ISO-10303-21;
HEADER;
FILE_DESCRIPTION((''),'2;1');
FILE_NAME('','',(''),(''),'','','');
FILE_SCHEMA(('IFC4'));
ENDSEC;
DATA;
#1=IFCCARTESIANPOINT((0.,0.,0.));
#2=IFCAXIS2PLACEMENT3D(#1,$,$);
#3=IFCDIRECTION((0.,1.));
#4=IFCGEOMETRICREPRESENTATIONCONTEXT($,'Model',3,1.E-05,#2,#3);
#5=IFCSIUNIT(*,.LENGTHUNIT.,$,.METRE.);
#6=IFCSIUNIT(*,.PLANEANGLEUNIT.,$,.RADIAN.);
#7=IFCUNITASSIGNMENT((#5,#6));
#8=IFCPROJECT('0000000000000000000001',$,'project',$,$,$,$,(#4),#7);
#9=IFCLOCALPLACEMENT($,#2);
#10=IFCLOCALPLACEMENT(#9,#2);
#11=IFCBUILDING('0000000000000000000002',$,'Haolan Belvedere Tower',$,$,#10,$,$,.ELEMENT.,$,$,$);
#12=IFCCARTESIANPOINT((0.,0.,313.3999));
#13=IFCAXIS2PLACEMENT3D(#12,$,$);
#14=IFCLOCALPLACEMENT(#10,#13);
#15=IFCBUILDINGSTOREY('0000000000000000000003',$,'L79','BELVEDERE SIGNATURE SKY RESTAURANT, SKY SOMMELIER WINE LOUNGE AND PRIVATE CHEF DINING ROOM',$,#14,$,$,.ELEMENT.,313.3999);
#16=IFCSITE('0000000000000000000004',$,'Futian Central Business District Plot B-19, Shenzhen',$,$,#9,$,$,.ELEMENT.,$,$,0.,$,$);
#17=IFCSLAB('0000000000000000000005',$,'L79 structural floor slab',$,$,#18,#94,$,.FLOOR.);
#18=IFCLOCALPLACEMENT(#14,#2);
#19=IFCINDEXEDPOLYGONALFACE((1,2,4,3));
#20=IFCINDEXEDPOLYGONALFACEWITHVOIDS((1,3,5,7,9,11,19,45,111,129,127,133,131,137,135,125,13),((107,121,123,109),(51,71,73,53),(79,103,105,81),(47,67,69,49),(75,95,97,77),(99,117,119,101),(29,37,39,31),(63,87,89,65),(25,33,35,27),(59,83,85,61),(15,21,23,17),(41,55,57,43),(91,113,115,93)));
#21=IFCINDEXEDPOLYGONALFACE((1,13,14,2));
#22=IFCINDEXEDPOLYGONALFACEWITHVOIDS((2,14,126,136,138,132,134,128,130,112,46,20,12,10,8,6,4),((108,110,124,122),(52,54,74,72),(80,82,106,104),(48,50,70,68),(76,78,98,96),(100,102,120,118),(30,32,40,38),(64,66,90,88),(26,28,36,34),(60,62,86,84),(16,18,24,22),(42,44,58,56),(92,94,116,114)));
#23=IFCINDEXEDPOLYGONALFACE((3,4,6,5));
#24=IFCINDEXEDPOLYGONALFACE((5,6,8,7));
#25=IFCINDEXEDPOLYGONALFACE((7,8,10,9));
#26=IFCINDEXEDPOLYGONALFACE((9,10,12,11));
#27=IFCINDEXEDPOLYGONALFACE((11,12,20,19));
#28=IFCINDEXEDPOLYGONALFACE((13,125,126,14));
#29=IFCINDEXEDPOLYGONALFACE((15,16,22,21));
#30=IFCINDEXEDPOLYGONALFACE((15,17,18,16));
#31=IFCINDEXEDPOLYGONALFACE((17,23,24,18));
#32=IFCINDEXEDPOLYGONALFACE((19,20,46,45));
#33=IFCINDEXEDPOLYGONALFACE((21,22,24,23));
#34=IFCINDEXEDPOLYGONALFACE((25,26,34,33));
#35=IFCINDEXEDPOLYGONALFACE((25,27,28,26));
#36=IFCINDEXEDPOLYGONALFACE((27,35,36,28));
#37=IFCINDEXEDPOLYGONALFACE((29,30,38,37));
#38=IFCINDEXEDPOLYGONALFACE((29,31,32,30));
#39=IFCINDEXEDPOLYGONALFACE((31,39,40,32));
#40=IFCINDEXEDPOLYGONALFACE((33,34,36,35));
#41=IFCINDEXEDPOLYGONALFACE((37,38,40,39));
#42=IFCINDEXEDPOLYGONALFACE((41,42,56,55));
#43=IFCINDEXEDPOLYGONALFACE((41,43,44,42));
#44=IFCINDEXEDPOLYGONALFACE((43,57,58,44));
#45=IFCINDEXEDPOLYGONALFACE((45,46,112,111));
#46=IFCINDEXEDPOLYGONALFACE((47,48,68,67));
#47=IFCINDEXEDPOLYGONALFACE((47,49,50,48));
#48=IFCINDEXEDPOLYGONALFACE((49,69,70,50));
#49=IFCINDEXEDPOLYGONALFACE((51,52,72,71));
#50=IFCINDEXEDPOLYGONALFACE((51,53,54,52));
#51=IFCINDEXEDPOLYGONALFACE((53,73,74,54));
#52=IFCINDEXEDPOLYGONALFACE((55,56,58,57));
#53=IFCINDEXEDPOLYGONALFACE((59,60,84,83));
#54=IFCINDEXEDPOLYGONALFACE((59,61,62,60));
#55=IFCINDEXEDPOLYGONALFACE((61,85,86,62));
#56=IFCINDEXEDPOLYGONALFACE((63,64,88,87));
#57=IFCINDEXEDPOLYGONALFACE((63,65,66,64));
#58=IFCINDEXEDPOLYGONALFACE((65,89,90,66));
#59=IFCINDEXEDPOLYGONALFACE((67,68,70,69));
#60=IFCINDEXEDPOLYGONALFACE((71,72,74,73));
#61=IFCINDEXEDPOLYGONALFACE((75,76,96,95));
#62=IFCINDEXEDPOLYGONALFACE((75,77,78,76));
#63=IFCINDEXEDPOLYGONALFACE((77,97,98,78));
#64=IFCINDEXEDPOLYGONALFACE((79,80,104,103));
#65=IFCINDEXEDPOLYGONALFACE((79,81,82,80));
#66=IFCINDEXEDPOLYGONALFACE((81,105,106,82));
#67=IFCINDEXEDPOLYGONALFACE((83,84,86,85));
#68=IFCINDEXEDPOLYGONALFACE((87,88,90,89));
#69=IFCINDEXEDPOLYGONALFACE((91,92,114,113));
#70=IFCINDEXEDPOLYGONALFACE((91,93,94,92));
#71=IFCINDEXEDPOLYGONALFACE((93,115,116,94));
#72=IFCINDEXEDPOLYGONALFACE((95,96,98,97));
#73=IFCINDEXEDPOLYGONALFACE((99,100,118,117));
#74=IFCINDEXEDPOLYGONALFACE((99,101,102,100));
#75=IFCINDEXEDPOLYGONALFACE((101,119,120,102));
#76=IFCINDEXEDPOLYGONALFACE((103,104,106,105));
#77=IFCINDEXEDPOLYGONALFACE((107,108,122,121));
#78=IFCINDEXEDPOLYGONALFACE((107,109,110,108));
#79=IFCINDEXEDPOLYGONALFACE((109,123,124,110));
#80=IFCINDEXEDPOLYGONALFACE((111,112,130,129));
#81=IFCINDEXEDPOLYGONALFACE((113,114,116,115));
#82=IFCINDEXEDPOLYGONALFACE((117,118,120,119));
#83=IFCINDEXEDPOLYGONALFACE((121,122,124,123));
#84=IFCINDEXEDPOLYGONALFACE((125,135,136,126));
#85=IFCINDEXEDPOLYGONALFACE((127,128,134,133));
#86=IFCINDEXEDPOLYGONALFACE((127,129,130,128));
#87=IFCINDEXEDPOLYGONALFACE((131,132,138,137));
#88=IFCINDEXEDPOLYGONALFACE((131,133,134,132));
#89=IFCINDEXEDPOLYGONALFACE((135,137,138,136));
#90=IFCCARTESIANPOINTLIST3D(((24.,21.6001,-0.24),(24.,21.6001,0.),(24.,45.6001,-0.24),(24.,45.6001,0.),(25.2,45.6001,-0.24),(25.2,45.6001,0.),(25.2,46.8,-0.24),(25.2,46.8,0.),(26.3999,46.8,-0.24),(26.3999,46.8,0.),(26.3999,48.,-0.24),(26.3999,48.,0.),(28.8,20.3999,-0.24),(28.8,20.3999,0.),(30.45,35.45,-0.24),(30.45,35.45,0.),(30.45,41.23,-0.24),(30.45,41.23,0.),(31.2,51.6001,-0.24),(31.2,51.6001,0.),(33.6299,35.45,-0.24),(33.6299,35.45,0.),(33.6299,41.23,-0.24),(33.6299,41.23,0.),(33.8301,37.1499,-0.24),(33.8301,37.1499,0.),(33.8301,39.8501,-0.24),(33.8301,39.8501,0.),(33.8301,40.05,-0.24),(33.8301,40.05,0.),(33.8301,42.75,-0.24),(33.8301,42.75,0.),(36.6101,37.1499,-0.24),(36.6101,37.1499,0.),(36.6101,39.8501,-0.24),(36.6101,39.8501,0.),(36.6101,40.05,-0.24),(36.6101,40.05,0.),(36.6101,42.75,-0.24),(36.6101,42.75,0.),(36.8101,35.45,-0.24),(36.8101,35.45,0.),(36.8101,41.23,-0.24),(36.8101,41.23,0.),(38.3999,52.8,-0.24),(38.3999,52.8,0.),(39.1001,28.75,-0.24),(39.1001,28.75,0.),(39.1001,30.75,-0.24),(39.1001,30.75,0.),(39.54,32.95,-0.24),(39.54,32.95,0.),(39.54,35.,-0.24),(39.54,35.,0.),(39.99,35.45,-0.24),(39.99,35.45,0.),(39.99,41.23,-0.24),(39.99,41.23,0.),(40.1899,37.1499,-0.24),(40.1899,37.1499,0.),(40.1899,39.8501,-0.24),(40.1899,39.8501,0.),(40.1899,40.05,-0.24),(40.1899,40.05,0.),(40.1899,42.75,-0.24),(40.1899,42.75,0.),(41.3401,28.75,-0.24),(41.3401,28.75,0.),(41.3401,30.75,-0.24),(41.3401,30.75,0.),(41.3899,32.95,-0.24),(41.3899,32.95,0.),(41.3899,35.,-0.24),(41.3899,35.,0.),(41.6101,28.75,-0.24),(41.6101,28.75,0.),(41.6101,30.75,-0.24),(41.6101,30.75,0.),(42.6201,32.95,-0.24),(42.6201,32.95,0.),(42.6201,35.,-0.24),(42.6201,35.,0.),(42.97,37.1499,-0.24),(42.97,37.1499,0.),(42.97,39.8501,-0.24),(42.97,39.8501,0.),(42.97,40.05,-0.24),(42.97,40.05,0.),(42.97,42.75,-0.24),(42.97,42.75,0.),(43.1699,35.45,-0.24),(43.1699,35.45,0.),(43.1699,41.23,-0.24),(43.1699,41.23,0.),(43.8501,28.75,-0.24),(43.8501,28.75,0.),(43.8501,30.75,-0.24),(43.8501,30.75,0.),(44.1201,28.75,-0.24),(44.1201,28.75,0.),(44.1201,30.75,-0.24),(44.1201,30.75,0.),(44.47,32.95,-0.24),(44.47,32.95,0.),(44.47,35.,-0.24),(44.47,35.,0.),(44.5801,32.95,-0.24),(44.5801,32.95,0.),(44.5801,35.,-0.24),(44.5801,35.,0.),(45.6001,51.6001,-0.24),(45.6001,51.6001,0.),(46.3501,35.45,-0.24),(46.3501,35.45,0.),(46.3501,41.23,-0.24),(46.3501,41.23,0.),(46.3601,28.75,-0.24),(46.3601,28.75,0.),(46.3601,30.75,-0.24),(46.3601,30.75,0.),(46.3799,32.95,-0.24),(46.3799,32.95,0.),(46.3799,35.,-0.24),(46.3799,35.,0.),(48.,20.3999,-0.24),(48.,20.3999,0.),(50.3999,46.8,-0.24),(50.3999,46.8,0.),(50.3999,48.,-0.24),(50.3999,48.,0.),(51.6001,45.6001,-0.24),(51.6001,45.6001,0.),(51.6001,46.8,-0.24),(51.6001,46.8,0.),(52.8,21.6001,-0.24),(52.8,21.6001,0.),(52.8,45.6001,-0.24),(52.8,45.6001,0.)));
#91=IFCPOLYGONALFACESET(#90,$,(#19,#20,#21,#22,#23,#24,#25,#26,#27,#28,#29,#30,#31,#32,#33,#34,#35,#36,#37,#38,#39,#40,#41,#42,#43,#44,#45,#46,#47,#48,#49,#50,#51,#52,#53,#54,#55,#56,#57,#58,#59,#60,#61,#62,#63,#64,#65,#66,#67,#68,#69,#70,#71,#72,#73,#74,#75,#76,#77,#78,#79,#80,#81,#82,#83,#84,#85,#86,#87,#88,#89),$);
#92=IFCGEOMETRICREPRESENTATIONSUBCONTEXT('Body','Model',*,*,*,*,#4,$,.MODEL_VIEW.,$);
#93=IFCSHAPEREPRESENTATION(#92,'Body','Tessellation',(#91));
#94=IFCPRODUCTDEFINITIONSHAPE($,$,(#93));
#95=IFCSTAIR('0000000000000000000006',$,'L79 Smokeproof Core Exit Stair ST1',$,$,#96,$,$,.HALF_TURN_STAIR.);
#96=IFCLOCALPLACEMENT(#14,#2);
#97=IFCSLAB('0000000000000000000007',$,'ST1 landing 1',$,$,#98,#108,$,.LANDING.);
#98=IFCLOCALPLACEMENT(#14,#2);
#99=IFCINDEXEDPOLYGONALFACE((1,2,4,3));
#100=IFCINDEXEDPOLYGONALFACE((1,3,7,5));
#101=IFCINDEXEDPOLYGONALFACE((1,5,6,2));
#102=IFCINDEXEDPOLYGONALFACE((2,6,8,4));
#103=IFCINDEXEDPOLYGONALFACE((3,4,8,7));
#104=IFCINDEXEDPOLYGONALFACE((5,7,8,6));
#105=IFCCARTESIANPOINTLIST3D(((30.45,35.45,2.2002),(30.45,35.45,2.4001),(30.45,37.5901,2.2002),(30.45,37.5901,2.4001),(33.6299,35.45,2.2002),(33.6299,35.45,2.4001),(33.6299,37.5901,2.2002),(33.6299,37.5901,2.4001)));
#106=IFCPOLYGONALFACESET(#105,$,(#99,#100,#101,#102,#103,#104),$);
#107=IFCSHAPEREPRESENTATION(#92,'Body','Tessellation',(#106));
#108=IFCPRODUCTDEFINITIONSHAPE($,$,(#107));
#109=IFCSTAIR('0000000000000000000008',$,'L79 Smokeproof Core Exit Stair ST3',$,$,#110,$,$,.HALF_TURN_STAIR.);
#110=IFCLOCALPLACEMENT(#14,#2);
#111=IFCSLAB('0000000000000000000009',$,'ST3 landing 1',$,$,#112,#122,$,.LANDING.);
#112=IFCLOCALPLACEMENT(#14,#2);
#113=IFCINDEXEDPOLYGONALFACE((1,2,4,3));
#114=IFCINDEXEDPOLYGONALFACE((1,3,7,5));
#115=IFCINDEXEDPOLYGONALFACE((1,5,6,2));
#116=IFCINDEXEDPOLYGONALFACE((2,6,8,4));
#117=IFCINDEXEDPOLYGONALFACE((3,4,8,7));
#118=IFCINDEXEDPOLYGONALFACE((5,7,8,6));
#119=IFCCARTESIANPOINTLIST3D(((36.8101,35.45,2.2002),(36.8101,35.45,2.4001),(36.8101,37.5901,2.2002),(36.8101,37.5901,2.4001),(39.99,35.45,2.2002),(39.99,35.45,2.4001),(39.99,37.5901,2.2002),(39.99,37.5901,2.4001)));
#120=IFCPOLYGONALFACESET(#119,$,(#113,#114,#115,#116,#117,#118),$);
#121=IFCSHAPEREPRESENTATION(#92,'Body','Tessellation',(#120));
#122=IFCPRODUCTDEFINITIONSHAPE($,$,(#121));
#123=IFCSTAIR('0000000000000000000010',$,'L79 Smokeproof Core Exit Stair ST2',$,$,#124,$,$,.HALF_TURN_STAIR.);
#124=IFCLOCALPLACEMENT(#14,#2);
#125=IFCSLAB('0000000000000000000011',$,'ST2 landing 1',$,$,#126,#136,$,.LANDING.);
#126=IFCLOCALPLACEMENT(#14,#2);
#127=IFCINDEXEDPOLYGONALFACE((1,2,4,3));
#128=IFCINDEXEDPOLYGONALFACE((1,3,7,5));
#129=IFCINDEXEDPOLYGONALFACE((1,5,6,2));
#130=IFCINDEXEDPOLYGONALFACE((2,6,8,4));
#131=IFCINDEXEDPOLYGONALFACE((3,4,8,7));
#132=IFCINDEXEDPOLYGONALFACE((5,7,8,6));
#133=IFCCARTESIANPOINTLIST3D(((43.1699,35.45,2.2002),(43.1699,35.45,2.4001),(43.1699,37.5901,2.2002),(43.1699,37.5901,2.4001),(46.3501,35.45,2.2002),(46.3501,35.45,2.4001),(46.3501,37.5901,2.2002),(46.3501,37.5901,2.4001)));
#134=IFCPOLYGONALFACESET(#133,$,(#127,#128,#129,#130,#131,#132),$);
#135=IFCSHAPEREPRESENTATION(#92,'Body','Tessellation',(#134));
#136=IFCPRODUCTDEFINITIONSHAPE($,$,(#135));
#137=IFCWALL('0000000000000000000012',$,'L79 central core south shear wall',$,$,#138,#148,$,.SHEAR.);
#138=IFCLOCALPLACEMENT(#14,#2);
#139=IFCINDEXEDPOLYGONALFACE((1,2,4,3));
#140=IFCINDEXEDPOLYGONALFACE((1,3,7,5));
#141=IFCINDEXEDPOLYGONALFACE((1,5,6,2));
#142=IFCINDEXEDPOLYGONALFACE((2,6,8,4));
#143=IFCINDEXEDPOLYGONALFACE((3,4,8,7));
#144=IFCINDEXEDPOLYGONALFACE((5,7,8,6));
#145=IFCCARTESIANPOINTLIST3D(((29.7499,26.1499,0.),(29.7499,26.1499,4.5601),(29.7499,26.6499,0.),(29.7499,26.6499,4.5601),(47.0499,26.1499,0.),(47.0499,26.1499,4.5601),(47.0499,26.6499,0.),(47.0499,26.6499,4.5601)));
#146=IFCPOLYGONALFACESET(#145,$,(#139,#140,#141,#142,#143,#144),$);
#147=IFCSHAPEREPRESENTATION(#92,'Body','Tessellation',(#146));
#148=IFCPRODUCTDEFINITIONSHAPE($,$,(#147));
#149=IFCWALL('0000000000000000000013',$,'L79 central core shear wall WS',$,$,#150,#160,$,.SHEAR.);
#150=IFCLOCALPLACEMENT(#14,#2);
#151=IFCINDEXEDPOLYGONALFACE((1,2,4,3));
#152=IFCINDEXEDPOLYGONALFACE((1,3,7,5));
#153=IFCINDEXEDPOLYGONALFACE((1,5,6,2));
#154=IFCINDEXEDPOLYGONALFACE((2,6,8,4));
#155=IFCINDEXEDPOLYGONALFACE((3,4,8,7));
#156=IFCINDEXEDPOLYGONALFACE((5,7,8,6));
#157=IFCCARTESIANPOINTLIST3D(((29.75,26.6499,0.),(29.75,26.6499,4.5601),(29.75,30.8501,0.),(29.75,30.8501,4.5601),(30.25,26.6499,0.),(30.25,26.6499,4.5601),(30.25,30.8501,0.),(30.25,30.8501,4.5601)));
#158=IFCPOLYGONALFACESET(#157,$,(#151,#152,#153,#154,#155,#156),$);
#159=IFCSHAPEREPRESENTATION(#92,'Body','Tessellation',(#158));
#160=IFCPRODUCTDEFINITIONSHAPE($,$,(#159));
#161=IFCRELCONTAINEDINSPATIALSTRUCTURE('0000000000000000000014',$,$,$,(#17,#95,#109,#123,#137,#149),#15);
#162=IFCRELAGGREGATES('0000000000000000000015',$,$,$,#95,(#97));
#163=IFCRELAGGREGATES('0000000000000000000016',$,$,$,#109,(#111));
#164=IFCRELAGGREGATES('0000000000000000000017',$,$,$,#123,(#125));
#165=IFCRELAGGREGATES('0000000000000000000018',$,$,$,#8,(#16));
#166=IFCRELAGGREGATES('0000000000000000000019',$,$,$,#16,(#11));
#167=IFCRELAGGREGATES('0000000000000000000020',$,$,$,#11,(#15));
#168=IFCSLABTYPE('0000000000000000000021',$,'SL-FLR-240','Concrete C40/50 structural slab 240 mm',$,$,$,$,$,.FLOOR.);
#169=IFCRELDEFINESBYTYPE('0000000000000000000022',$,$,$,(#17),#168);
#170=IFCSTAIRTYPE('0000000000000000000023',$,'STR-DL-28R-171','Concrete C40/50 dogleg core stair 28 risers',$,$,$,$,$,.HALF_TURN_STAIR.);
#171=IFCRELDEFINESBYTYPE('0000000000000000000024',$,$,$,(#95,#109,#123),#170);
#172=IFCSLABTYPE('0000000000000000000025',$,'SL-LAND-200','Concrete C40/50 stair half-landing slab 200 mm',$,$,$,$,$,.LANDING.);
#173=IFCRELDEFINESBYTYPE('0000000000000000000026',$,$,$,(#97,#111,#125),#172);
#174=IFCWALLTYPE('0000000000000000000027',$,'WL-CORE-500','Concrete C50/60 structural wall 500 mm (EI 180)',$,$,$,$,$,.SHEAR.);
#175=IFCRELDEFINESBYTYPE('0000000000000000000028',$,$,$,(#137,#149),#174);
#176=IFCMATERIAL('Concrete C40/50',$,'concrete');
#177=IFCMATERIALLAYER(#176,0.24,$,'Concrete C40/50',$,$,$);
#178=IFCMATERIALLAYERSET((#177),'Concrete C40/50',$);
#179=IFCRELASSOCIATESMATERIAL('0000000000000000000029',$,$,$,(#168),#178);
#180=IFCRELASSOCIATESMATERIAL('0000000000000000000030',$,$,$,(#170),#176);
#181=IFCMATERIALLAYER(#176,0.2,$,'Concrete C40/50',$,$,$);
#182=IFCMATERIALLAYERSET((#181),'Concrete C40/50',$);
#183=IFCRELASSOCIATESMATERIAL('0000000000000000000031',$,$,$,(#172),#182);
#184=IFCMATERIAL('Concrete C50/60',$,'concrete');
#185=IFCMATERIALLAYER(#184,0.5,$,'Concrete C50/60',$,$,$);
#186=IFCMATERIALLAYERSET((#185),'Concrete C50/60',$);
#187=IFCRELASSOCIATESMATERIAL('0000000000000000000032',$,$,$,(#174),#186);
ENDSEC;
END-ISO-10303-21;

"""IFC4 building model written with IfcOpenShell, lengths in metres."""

from ifc_helpers import new_model, si_unit, direction, frame, frame_2d, origin, place, context, subcontext, project, spatial, polyline, rectangle, outline, extrude, material, layer, layer_set, type_object, element, aggregate, save


model = new_model("IFC4")

# Units and contexts
model_context = context("Model", 3, precision=1e-05, world=origin(), true_north=direction((0.0, 1.0)))
body_context = subcontext(model_context, "Body", "Model", "MODEL_VIEW")
ifc_project = project(units=[si_unit("LENGTHUNIT", "METRE"), si_unit("PLANEANGLEUNIT", "RADIAN")], contexts=[model_context])

# Site, building, storey
site_placement = place(None, origin())
site = spatial("IfcSite", under=ifc_project, at=site_placement, Name="Futian Central Business District Plot B-19, Shenzhen", CompositionType="ELEMENT", RefElevation=0.0)
building_placement = place(site_placement, origin())
building = spatial("IfcBuilding", under=site, at=building_placement, Name="Haolan Belvedere Tower", CompositionType="ELEMENT")
storey_placement = place(building_placement, frame((0.0, 0.0, 313.3999)))
storey = spatial("IfcBuildingStorey", under=building, at=storey_placement, Name="L79", Description="BELVEDERE SIGNATURE SKY RESTAURANT, SKY SOMMELIER WINE LOUNGE AND PRIVATE CHEF DINING ROOM", CompositionType="ELEMENT", Elevation=313.3999)

# Slab
ifc_material_1 = material(Name="Concrete C40/50", Category="concrete")
ifc_layer_1 = layer(ifc_material_1, 0.24, Name="Concrete C40/50")
ifc_layer_set_1 = layer_set([ifc_layer_1], Name="Concrete C40/50")
slab_type_1 = type_object("IfcSlabType", Name="SL-FLR-240", Description="Concrete C40/50 structural slab 240 mm", PredefinedType="FLOOR", material=ifc_layer_set_1)
slab_1_placement = place(storey_placement, frame((0.0, 0.0, -0.24)))
element("IfcSlab", 1, at=slab_1_placement, inside=storey, type_object=slab_type_1, Name="L79 structural floor slab", PredefinedType="FLOOR", context=body_context, shape_type="SweptSolid", body=[
    extrude(outline(polyline([(24.0, 21.6001), (28.8, 20.3999), (48.0, 20.3999), (52.8, 21.6001), (52.8, 45.6001), (52.8, 45.6001), (51.6001, 45.6001), (51.6001, 46.8), (50.3999, 46.8), (50.3999, 48.0), (45.6001, 51.6001), (38.3999, 52.8), (31.2, 51.6001), (26.3999, 48.0), (26.3999, 46.8), (25.2, 46.8), (25.2, 45.6001), (24.0, 45.6001), (24.0, 45.6001), (24.0, 21.6001)]), holes=[polyline([(30.45, 41.23), (30.45, 35.45), (33.6299, 35.45), (33.6299, 41.23), (30.45, 41.23)]), polyline([(36.8101, 41.23), (36.8101, 35.45), (39.99, 35.45), (39.99, 41.23), (36.8101, 41.23)]), polyline([(43.1699, 41.23), (43.1699, 35.45), (46.3501, 35.45), (46.3501, 41.23), (43.1699, 41.23)]), polyline([(33.8301, 40.05), (36.6101, 40.05), (36.6101, 42.75), (33.8301, 42.75), (33.8301, 40.05)]), polyline([(33.8301, 37.1499), (36.6101, 37.1499), (36.6101, 39.8501), (33.8301, 39.8501), (33.8301, 37.1499)]), polyline([(40.1899, 40.05), (42.97, 40.05), (42.97, 42.75), (40.1899, 42.75), (40.1899, 40.05)]), polyline([(40.1899, 37.1499), (42.97, 37.1499), (42.97, 39.8501), (40.1899, 39.8501), (40.1899, 37.1499)]), polyline([(39.54, 32.95), (41.3899, 32.95), (41.3899, 35.0), (39.54, 35.0), (39.54, 32.95)]), polyline([(42.6201, 32.95), (44.47, 32.95), (44.47, 35.0), (42.6201, 35.0), (42.6201, 32.95)]), polyline([(44.5801, 32.95), (46.3799, 32.95), (46.3799, 35.0), (44.5801, 35.0), (44.5801, 32.95)]), polyline([(39.1001, 28.75), (41.3401, 28.75), (41.3401, 30.75), (39.1001, 30.75), (39.1001, 28.75)]), polyline([(41.6101, 28.75), (43.8501, 28.75), (43.8501, 30.75), (41.6101, 30.75), (41.6101, 28.75)]), polyline([(44.1201, 28.75), (46.3601, 28.75), (46.3601, 30.75), (44.1201, 30.75), (44.1201, 28.75)])]), origin(), (0.0, 0.0, 1.0), 0.24),
])

# Stairs, slabs
stair_type = type_object("IfcStairType", Name="STR-DL-28R-171", Description="Concrete C40/50 dogleg core stair 28 risers", PredefinedType="HALF_TURN_STAIR", material=ifc_material_1)
stair_1_placement = place(storey_placement, origin())
stair_1 = element("IfcStair", 2, at=stair_1_placement, inside=storey, type_object=stair_type, Name="L79 Smokeproof Core Exit Stair ST1", PredefinedType="HALF_TURN_STAIR")
ifc_layer_2 = layer(ifc_material_1, 0.2, Name="Concrete C40/50")
ifc_layer_set_2 = layer_set([ifc_layer_2], Name="Concrete C40/50")
slab_type_2 = type_object("IfcSlabType", Name="SL-LAND-200", Description="Concrete C40/50 stair half-landing slab 200 mm", PredefinedType="LANDING", material=ifc_layer_set_2)
slab_2_placement = place(storey_placement, frame((0.0, 0.0, 2.2002)))
slab_2 = element("IfcSlab", 3, at=slab_2_placement, type_object=slab_type_2, Name="ST1 landing 1", PredefinedType="LANDING", context=body_context, shape_type="SweptSolid", body=[
    extrude(outline(polyline([(30.45, 37.5901), (30.45, 35.45), (33.6299, 35.45), (33.6299, 37.5901), (30.45, 37.5901)])), origin(), (0.0, 0.0, 1.0), 0.2),
])
aggregate(stair_1, [slab_2])
stair_2_placement = place(storey_placement, origin())
stair_2 = element("IfcStair", 4, at=stair_2_placement, inside=storey, type_object=stair_type, Name="L79 Smokeproof Core Exit Stair ST3", PredefinedType="HALF_TURN_STAIR")
slab_3_placement = place(storey_placement, frame((0.0, 0.0, 2.2002)))
slab_3 = element("IfcSlab", 5, at=slab_3_placement, type_object=slab_type_2, Name="ST3 landing 1", PredefinedType="LANDING", context=body_context, shape_type="SweptSolid", body=[
    extrude(outline(polyline([(36.8101, 37.5901), (36.8101, 35.45), (39.99, 35.45), (39.99, 37.5901), (36.8101, 37.5901)])), origin(), (0.0, 0.0, 1.0), 0.2),
])
aggregate(stair_2, [slab_3])
stair_3_placement = place(storey_placement, origin())
stair_3 = element("IfcStair", 6, at=stair_3_placement, inside=storey, type_object=stair_type, Name="L79 Smokeproof Core Exit Stair ST2", PredefinedType="HALF_TURN_STAIR")
slab_4_placement = place(storey_placement, frame((0.0, 0.0, 2.2002)))
slab_4 = element("IfcSlab", 7, at=slab_4_placement, type_object=slab_type_2, Name="ST2 landing 1", PredefinedType="LANDING", context=body_context, shape_type="SweptSolid", body=[
    extrude(outline(polyline([(43.1699, 37.5901), (43.1699, 35.45), (46.3501, 35.45), (46.3501, 37.5901), (43.1699, 37.5901)])), origin(), (0.0, 0.0, 1.0), 0.2),
])
aggregate(stair_3, [slab_4])

# Walls
ifc_material_2 = material(Name="Concrete C50/60", Category="concrete")
ifc_layer_3 = layer(ifc_material_2, 0.5, Name="Concrete C50/60")
ifc_layer_set_3 = layer_set([ifc_layer_3], Name="Concrete C50/60")
wall_type_1 = type_object("IfcWallType", Name="WL-CORE-500", Description="Concrete C50/60 structural wall 500 mm (EI 180)", PredefinedType="SHEAR", material=ifc_layer_set_3)
wall_1_placement = place(storey_placement, frame((29.75, 26.3999, 0.0), z_axis=(0.0, 0.0, 1.0), x_axis=(1.0, 0.0, 0.0)))
element("IfcWall", 8, at=wall_1_placement, inside=storey, type_object=wall_type_1, Name="L79 central core south shear wall", PredefinedType="SHEAR", context=body_context, shape_type="SweptSolid", body=[
    extrude(rectangle(XDim=17.3, YDim=0.5, at=frame_2d((8.6499, 0.0))), origin(), (0.0, 0.0, 1.0), 4.5601),
])
wall_2_placement = place(storey_placement, frame((30.0, 26.6499, 0.0), z_axis=(0.0, 0.0, 1.0), x_axis=(0.0, 1.0, 0.0)))
element("IfcWall", 9, at=wall_2_placement, inside=storey, type_object=wall_type_1, Name="L79 central core shear wall WS", PredefinedType="SHEAR", context=body_context, shape_type="SweptSolid", body=[
    extrude(rectangle(XDim=4.2002, YDim=0.5, at=frame_2d((2.1001, 0.0))), origin(), (0.0, 0.0, 1.0), 4.5601),
])

save(model, "model.ifc")
